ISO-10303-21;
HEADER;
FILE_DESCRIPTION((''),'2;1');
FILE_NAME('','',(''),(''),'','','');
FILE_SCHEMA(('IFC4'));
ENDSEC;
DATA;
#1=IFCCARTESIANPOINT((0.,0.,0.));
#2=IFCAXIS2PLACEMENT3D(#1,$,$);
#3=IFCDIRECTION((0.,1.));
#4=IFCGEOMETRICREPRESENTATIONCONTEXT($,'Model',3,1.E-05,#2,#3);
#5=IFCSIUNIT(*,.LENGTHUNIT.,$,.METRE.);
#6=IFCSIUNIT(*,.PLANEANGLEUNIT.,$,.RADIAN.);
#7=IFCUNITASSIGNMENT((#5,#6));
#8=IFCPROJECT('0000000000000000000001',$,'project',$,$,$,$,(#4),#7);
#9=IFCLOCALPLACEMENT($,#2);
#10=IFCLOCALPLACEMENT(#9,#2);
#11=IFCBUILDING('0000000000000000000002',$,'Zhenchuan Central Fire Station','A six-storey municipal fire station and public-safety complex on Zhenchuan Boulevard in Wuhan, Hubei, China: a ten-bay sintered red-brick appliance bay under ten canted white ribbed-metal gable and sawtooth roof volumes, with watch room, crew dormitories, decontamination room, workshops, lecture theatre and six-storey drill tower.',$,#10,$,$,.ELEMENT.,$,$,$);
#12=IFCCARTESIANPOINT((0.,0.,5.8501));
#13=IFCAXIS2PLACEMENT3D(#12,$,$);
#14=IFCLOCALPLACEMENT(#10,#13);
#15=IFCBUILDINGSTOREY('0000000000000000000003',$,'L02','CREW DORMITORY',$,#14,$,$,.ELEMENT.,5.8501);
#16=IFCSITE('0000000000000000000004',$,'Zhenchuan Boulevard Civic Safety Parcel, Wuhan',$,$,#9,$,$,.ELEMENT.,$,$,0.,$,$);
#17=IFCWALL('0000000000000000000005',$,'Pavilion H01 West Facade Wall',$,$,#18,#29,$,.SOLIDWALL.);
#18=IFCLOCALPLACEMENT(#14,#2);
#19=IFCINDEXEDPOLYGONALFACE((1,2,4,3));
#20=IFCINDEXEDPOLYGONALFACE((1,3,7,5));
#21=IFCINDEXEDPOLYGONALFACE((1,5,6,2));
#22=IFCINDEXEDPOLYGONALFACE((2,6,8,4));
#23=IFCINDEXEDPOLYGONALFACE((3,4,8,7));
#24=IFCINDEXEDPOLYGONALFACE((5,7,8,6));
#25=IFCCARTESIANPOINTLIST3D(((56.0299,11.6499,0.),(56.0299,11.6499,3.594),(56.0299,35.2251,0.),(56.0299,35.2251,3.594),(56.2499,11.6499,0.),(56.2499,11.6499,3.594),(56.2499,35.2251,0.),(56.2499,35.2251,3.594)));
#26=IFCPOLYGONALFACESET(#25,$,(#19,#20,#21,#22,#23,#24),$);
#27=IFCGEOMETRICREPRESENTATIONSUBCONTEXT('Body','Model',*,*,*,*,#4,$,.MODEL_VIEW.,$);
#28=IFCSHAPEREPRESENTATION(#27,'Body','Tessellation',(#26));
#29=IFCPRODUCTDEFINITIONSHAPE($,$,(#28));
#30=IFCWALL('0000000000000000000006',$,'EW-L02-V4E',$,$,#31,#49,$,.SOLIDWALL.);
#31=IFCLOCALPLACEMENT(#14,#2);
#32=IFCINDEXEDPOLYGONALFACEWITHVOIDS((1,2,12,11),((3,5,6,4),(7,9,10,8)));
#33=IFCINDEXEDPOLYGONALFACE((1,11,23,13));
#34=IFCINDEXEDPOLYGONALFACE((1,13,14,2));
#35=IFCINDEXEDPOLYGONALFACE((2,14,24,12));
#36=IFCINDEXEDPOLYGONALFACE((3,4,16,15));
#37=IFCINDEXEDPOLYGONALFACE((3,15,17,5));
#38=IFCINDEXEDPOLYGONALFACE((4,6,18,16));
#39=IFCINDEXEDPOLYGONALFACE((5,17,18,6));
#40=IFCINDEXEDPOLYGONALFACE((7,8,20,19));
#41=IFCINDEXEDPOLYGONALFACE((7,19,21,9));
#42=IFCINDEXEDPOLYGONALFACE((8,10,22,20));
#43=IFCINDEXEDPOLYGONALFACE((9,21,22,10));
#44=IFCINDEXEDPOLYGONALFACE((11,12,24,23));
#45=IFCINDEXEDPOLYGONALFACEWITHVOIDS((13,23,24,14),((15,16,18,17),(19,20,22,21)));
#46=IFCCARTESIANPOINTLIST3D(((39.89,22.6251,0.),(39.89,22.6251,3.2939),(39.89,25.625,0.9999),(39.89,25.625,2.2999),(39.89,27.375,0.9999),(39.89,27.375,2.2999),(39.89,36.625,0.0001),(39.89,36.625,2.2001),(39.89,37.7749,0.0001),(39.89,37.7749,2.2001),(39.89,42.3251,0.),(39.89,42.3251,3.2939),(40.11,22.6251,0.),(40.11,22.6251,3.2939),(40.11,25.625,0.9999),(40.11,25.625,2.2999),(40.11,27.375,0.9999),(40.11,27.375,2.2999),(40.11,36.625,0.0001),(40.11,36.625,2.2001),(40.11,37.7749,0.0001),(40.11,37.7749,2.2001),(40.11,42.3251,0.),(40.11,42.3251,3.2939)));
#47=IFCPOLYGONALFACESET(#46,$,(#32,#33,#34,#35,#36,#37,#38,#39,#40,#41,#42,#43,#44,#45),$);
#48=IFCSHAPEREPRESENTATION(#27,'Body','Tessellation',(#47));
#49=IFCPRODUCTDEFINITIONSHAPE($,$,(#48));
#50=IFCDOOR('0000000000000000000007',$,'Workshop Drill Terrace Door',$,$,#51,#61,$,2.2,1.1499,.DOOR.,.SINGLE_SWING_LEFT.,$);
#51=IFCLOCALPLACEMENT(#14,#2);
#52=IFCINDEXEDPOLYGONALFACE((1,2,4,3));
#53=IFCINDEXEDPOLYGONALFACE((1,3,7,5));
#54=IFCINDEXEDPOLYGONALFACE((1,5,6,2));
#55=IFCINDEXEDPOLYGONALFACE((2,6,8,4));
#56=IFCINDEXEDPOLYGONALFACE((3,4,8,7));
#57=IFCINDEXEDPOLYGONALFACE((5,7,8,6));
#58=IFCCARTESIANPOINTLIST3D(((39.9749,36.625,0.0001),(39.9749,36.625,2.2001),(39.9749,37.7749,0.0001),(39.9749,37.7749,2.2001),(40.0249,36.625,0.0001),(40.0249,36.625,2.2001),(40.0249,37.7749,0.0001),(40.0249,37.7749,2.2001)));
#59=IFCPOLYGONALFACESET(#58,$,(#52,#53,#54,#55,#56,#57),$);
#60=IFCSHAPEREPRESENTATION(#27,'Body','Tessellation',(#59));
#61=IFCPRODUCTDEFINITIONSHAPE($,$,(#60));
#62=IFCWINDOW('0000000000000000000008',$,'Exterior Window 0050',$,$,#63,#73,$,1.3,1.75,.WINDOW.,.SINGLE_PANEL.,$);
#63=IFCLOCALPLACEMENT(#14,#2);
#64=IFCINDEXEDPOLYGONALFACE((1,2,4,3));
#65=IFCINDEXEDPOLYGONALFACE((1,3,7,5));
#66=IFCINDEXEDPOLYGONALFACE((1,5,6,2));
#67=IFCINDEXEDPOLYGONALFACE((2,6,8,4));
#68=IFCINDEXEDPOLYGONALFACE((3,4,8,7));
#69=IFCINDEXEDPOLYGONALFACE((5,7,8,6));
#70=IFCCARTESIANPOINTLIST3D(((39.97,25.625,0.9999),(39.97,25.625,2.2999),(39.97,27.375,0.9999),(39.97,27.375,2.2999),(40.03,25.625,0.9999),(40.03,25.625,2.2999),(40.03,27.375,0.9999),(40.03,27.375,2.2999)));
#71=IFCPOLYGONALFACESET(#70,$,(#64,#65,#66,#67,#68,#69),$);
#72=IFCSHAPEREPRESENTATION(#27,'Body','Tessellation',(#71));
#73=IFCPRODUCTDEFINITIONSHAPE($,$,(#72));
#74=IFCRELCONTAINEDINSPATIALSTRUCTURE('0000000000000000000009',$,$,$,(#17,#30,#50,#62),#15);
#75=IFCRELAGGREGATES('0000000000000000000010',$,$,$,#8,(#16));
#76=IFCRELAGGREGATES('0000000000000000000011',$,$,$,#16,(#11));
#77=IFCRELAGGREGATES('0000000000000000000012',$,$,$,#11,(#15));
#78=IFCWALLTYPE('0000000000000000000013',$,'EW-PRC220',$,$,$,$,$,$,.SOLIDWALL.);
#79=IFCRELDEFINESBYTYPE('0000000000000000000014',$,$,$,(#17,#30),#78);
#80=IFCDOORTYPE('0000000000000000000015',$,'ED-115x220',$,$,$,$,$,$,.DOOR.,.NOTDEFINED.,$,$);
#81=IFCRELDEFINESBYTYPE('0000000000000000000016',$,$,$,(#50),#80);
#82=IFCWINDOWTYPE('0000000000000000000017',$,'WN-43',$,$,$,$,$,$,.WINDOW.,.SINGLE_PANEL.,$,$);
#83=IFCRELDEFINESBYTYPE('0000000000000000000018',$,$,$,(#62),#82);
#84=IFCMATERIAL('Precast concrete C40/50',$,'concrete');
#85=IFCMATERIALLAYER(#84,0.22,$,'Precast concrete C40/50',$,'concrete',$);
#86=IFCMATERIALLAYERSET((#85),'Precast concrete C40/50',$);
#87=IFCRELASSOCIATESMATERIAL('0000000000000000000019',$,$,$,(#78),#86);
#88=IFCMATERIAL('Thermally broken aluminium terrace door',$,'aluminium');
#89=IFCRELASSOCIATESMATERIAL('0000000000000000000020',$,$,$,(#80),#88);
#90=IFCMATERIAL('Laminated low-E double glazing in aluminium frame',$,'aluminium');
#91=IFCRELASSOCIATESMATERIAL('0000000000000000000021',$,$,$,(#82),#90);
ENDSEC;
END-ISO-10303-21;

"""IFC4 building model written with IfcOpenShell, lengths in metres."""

from ifc_helpers import new_model, si_unit, direction, frame, frame_2d, origin, place, context, subcontext, project, spatial, rectangle, extrude, material, layer, layer_set, type_object, element, fill, save


model = new_model("IFC4")

# Units and contexts
model_context = context("Model", 3, precision=1e-05, world=origin(), true_north=direction((0.0, 1.0)))
body_context = subcontext(model_context, "Body", "Model", "MODEL_VIEW")
ifc_project = project(units=[si_unit("LENGTHUNIT", "METRE"), si_unit("PLANEANGLEUNIT", "RADIAN")], contexts=[model_context])

# Site, building, storey
site_placement = place(None, origin())
site = spatial("IfcSite", under=ifc_project, at=site_placement, Name="Zhenchuan Boulevard Civic Safety Parcel, Wuhan", CompositionType="ELEMENT", RefElevation=0.0)
building_placement = place(site_placement, origin())
building = spatial("IfcBuilding", under=site, at=building_placement, Name="Zhenchuan Central Fire Station", Description="A six-storey municipal fire station and public-safety complex on Zhenchuan Boulevard in Wuhan, Hubei, China: a ten-bay sintered red-brick appliance bay under ten canted white ribbed-metal gable and sawtooth roof volumes, with watch room, crew dormitories, decontamination room, workshops, lecture theatre and six-storey drill tower.", CompositionType="ELEMENT")
storey_placement = place(building_placement, frame((0.0, 0.0, 5.8501)))
storey = spatial("IfcBuildingStorey", under=building, at=storey_placement, Name="L02", Description="CREW DORMITORY", CompositionType="ELEMENT", Elevation=5.8501)

# Wall
ifc_material_1 = material(Name="Precast concrete C40/50", Category="concrete")
ifc_layer = layer(ifc_material_1, 0.22, Name="Precast concrete C40/50", Category="concrete")
ifc_layer_set = layer_set([ifc_layer], Name="Precast concrete C40/50")
wall_type = type_object("IfcWallType", Name="EW-PRC220", PredefinedType="SOLIDWALL", material=ifc_layer_set)
wall_1_placement = place(storey_placement, frame((56.1399, 11.6499, 0.0), z_axis=(0.0, 0.0, 1.0), x_axis=(0.0, 1.0, 0.0)))
element("IfcWall", 1, at=wall_1_placement, inside=storey, type_object=wall_type, Name="Pavilion H01 West Facade Wall", PredefinedType="SOLIDWALL", context=body_context, shape_type="SweptSolid", body=[
    extrude(rectangle(XDim=23.5752, YDim=0.22, at=frame_2d((11.7876, 0.0))), origin(), (0.0, 0.0, 1.0), 3.594),
])

# Wall, openings, door, window
wall_2_placement = place(storey_placement, frame((40.0, 22.625, 0.0), z_axis=(0.0, 0.0, 1.0), x_axis=(0.0, 1.0, 0.0)))
wall_2 = element("IfcWall", 2, at=wall_2_placement, inside=storey, type_object=wall_type, Name="EW-L02-V4E", PredefinedType="SOLIDWALL", context=body_context, shape_type="SweptSolid", body=[
    extrude(rectangle(XDim=19.7, YDim=0.22, at=frame_2d((9.8501, 0.0))), origin(), (0.0, 0.0, 1.0), 3.2939),
])
opening_1_placement = place(wall_2_placement, frame((14.0, 0.0, 0.0)))
opening_1 = element("IfcOpeningElement", 3, at=opening_1_placement, cuts=wall_2, PredefinedType="OPENING", context=body_context, shape_type="SweptSolid", body=[
    extrude(rectangle(XDim=1.1499, YDim=2.2, at=frame_2d((0.575, 1.1001))), frame((0.0, 0.1199, 0.0), z_axis=(0.0, -1.0, 0.0), x_axis=(1.0, 0.0, 0.0)), (0.0, 0.0, 1.0), 0.24),
])
opening_2_placement = place(wall_2_placement, frame((3.0, 0.0, 1.0)))
opening_2 = element("IfcOpeningElement", 4, at=opening_2_placement, cuts=wall_2, PredefinedType="OPENING", context=body_context, shape_type="SweptSolid", body=[
    extrude(rectangle(XDim=1.75, YDim=1.3, at=frame_2d((0.875, 0.6499))), frame((0.0, 0.1199, 0.0), z_axis=(0.0, -1.0, 0.0), x_axis=(1.0, 0.0, 0.0)), (0.0, 0.0, 1.0), 0.24),
])
ifc_material_2 = material(Name="Thermally broken aluminium terrace door", Category="aluminium")
door_type = type_object("IfcDoorType", Name="ED-115x220", OperationType="NOTDEFINED", PredefinedType="DOOR", material=ifc_material_2)
door_placement = place(opening_1_placement, frame((1.1499, 0.0, 0.0), z_axis=(0.0, 0.0, 1.0), x_axis=(-1.0, 0.0, 0.0)))
door = element("IfcDoor", 5, at=door_placement, inside=storey, type_object=door_type, Name="Workshop Drill Terrace Door", OperationType="SINGLE_SWING_LEFT", OverallHeight=2.2, OverallWidth=1.1499, PredefinedType="DOOR", context=body_context, shape_type="SweptSolid", body=[
    extrude(rectangle(XDim=1.1499, YDim=2.2, at=frame_2d((0.575, 1.1001))), frame((0.0, 0.0249, 0.0), z_axis=(0.0, -1.0, 0.0), x_axis=(1.0, 0.0, 0.0)), (0.0, 0.0, 1.0), 0.05),
])
fill(opening_1, door)
ifc_material_3 = material(Name="Laminated low-E double glazing in aluminium frame", Category="aluminium")
window_type = type_object("IfcWindowType", Name="WN-43", PartitioningType="SINGLE_PANEL", PredefinedType="WINDOW", material=ifc_material_3)
window_placement = place(opening_2_placement, origin())
window = element("IfcWindow", 6, at=window_placement, inside=storey, type_object=window_type, Name="Exterior Window 0050", OverallHeight=1.3, OverallWidth=1.75, PartitioningType="SINGLE_PANEL", PredefinedType="WINDOW", context=body_context, shape_type="SweptSolid", body=[
    extrude(rectangle(XDim=1.75, YDim=1.3, at=frame_2d((0.875, 0.6499))), frame((0.0, 0.03, 0.0), z_axis=(0.0, -1.0, 0.0), x_axis=(1.0, 0.0, 0.0)), (0.0, 0.0, 1.0), 0.0601),
])
fill(opening_2, window)

save(model, "model.ifc")
